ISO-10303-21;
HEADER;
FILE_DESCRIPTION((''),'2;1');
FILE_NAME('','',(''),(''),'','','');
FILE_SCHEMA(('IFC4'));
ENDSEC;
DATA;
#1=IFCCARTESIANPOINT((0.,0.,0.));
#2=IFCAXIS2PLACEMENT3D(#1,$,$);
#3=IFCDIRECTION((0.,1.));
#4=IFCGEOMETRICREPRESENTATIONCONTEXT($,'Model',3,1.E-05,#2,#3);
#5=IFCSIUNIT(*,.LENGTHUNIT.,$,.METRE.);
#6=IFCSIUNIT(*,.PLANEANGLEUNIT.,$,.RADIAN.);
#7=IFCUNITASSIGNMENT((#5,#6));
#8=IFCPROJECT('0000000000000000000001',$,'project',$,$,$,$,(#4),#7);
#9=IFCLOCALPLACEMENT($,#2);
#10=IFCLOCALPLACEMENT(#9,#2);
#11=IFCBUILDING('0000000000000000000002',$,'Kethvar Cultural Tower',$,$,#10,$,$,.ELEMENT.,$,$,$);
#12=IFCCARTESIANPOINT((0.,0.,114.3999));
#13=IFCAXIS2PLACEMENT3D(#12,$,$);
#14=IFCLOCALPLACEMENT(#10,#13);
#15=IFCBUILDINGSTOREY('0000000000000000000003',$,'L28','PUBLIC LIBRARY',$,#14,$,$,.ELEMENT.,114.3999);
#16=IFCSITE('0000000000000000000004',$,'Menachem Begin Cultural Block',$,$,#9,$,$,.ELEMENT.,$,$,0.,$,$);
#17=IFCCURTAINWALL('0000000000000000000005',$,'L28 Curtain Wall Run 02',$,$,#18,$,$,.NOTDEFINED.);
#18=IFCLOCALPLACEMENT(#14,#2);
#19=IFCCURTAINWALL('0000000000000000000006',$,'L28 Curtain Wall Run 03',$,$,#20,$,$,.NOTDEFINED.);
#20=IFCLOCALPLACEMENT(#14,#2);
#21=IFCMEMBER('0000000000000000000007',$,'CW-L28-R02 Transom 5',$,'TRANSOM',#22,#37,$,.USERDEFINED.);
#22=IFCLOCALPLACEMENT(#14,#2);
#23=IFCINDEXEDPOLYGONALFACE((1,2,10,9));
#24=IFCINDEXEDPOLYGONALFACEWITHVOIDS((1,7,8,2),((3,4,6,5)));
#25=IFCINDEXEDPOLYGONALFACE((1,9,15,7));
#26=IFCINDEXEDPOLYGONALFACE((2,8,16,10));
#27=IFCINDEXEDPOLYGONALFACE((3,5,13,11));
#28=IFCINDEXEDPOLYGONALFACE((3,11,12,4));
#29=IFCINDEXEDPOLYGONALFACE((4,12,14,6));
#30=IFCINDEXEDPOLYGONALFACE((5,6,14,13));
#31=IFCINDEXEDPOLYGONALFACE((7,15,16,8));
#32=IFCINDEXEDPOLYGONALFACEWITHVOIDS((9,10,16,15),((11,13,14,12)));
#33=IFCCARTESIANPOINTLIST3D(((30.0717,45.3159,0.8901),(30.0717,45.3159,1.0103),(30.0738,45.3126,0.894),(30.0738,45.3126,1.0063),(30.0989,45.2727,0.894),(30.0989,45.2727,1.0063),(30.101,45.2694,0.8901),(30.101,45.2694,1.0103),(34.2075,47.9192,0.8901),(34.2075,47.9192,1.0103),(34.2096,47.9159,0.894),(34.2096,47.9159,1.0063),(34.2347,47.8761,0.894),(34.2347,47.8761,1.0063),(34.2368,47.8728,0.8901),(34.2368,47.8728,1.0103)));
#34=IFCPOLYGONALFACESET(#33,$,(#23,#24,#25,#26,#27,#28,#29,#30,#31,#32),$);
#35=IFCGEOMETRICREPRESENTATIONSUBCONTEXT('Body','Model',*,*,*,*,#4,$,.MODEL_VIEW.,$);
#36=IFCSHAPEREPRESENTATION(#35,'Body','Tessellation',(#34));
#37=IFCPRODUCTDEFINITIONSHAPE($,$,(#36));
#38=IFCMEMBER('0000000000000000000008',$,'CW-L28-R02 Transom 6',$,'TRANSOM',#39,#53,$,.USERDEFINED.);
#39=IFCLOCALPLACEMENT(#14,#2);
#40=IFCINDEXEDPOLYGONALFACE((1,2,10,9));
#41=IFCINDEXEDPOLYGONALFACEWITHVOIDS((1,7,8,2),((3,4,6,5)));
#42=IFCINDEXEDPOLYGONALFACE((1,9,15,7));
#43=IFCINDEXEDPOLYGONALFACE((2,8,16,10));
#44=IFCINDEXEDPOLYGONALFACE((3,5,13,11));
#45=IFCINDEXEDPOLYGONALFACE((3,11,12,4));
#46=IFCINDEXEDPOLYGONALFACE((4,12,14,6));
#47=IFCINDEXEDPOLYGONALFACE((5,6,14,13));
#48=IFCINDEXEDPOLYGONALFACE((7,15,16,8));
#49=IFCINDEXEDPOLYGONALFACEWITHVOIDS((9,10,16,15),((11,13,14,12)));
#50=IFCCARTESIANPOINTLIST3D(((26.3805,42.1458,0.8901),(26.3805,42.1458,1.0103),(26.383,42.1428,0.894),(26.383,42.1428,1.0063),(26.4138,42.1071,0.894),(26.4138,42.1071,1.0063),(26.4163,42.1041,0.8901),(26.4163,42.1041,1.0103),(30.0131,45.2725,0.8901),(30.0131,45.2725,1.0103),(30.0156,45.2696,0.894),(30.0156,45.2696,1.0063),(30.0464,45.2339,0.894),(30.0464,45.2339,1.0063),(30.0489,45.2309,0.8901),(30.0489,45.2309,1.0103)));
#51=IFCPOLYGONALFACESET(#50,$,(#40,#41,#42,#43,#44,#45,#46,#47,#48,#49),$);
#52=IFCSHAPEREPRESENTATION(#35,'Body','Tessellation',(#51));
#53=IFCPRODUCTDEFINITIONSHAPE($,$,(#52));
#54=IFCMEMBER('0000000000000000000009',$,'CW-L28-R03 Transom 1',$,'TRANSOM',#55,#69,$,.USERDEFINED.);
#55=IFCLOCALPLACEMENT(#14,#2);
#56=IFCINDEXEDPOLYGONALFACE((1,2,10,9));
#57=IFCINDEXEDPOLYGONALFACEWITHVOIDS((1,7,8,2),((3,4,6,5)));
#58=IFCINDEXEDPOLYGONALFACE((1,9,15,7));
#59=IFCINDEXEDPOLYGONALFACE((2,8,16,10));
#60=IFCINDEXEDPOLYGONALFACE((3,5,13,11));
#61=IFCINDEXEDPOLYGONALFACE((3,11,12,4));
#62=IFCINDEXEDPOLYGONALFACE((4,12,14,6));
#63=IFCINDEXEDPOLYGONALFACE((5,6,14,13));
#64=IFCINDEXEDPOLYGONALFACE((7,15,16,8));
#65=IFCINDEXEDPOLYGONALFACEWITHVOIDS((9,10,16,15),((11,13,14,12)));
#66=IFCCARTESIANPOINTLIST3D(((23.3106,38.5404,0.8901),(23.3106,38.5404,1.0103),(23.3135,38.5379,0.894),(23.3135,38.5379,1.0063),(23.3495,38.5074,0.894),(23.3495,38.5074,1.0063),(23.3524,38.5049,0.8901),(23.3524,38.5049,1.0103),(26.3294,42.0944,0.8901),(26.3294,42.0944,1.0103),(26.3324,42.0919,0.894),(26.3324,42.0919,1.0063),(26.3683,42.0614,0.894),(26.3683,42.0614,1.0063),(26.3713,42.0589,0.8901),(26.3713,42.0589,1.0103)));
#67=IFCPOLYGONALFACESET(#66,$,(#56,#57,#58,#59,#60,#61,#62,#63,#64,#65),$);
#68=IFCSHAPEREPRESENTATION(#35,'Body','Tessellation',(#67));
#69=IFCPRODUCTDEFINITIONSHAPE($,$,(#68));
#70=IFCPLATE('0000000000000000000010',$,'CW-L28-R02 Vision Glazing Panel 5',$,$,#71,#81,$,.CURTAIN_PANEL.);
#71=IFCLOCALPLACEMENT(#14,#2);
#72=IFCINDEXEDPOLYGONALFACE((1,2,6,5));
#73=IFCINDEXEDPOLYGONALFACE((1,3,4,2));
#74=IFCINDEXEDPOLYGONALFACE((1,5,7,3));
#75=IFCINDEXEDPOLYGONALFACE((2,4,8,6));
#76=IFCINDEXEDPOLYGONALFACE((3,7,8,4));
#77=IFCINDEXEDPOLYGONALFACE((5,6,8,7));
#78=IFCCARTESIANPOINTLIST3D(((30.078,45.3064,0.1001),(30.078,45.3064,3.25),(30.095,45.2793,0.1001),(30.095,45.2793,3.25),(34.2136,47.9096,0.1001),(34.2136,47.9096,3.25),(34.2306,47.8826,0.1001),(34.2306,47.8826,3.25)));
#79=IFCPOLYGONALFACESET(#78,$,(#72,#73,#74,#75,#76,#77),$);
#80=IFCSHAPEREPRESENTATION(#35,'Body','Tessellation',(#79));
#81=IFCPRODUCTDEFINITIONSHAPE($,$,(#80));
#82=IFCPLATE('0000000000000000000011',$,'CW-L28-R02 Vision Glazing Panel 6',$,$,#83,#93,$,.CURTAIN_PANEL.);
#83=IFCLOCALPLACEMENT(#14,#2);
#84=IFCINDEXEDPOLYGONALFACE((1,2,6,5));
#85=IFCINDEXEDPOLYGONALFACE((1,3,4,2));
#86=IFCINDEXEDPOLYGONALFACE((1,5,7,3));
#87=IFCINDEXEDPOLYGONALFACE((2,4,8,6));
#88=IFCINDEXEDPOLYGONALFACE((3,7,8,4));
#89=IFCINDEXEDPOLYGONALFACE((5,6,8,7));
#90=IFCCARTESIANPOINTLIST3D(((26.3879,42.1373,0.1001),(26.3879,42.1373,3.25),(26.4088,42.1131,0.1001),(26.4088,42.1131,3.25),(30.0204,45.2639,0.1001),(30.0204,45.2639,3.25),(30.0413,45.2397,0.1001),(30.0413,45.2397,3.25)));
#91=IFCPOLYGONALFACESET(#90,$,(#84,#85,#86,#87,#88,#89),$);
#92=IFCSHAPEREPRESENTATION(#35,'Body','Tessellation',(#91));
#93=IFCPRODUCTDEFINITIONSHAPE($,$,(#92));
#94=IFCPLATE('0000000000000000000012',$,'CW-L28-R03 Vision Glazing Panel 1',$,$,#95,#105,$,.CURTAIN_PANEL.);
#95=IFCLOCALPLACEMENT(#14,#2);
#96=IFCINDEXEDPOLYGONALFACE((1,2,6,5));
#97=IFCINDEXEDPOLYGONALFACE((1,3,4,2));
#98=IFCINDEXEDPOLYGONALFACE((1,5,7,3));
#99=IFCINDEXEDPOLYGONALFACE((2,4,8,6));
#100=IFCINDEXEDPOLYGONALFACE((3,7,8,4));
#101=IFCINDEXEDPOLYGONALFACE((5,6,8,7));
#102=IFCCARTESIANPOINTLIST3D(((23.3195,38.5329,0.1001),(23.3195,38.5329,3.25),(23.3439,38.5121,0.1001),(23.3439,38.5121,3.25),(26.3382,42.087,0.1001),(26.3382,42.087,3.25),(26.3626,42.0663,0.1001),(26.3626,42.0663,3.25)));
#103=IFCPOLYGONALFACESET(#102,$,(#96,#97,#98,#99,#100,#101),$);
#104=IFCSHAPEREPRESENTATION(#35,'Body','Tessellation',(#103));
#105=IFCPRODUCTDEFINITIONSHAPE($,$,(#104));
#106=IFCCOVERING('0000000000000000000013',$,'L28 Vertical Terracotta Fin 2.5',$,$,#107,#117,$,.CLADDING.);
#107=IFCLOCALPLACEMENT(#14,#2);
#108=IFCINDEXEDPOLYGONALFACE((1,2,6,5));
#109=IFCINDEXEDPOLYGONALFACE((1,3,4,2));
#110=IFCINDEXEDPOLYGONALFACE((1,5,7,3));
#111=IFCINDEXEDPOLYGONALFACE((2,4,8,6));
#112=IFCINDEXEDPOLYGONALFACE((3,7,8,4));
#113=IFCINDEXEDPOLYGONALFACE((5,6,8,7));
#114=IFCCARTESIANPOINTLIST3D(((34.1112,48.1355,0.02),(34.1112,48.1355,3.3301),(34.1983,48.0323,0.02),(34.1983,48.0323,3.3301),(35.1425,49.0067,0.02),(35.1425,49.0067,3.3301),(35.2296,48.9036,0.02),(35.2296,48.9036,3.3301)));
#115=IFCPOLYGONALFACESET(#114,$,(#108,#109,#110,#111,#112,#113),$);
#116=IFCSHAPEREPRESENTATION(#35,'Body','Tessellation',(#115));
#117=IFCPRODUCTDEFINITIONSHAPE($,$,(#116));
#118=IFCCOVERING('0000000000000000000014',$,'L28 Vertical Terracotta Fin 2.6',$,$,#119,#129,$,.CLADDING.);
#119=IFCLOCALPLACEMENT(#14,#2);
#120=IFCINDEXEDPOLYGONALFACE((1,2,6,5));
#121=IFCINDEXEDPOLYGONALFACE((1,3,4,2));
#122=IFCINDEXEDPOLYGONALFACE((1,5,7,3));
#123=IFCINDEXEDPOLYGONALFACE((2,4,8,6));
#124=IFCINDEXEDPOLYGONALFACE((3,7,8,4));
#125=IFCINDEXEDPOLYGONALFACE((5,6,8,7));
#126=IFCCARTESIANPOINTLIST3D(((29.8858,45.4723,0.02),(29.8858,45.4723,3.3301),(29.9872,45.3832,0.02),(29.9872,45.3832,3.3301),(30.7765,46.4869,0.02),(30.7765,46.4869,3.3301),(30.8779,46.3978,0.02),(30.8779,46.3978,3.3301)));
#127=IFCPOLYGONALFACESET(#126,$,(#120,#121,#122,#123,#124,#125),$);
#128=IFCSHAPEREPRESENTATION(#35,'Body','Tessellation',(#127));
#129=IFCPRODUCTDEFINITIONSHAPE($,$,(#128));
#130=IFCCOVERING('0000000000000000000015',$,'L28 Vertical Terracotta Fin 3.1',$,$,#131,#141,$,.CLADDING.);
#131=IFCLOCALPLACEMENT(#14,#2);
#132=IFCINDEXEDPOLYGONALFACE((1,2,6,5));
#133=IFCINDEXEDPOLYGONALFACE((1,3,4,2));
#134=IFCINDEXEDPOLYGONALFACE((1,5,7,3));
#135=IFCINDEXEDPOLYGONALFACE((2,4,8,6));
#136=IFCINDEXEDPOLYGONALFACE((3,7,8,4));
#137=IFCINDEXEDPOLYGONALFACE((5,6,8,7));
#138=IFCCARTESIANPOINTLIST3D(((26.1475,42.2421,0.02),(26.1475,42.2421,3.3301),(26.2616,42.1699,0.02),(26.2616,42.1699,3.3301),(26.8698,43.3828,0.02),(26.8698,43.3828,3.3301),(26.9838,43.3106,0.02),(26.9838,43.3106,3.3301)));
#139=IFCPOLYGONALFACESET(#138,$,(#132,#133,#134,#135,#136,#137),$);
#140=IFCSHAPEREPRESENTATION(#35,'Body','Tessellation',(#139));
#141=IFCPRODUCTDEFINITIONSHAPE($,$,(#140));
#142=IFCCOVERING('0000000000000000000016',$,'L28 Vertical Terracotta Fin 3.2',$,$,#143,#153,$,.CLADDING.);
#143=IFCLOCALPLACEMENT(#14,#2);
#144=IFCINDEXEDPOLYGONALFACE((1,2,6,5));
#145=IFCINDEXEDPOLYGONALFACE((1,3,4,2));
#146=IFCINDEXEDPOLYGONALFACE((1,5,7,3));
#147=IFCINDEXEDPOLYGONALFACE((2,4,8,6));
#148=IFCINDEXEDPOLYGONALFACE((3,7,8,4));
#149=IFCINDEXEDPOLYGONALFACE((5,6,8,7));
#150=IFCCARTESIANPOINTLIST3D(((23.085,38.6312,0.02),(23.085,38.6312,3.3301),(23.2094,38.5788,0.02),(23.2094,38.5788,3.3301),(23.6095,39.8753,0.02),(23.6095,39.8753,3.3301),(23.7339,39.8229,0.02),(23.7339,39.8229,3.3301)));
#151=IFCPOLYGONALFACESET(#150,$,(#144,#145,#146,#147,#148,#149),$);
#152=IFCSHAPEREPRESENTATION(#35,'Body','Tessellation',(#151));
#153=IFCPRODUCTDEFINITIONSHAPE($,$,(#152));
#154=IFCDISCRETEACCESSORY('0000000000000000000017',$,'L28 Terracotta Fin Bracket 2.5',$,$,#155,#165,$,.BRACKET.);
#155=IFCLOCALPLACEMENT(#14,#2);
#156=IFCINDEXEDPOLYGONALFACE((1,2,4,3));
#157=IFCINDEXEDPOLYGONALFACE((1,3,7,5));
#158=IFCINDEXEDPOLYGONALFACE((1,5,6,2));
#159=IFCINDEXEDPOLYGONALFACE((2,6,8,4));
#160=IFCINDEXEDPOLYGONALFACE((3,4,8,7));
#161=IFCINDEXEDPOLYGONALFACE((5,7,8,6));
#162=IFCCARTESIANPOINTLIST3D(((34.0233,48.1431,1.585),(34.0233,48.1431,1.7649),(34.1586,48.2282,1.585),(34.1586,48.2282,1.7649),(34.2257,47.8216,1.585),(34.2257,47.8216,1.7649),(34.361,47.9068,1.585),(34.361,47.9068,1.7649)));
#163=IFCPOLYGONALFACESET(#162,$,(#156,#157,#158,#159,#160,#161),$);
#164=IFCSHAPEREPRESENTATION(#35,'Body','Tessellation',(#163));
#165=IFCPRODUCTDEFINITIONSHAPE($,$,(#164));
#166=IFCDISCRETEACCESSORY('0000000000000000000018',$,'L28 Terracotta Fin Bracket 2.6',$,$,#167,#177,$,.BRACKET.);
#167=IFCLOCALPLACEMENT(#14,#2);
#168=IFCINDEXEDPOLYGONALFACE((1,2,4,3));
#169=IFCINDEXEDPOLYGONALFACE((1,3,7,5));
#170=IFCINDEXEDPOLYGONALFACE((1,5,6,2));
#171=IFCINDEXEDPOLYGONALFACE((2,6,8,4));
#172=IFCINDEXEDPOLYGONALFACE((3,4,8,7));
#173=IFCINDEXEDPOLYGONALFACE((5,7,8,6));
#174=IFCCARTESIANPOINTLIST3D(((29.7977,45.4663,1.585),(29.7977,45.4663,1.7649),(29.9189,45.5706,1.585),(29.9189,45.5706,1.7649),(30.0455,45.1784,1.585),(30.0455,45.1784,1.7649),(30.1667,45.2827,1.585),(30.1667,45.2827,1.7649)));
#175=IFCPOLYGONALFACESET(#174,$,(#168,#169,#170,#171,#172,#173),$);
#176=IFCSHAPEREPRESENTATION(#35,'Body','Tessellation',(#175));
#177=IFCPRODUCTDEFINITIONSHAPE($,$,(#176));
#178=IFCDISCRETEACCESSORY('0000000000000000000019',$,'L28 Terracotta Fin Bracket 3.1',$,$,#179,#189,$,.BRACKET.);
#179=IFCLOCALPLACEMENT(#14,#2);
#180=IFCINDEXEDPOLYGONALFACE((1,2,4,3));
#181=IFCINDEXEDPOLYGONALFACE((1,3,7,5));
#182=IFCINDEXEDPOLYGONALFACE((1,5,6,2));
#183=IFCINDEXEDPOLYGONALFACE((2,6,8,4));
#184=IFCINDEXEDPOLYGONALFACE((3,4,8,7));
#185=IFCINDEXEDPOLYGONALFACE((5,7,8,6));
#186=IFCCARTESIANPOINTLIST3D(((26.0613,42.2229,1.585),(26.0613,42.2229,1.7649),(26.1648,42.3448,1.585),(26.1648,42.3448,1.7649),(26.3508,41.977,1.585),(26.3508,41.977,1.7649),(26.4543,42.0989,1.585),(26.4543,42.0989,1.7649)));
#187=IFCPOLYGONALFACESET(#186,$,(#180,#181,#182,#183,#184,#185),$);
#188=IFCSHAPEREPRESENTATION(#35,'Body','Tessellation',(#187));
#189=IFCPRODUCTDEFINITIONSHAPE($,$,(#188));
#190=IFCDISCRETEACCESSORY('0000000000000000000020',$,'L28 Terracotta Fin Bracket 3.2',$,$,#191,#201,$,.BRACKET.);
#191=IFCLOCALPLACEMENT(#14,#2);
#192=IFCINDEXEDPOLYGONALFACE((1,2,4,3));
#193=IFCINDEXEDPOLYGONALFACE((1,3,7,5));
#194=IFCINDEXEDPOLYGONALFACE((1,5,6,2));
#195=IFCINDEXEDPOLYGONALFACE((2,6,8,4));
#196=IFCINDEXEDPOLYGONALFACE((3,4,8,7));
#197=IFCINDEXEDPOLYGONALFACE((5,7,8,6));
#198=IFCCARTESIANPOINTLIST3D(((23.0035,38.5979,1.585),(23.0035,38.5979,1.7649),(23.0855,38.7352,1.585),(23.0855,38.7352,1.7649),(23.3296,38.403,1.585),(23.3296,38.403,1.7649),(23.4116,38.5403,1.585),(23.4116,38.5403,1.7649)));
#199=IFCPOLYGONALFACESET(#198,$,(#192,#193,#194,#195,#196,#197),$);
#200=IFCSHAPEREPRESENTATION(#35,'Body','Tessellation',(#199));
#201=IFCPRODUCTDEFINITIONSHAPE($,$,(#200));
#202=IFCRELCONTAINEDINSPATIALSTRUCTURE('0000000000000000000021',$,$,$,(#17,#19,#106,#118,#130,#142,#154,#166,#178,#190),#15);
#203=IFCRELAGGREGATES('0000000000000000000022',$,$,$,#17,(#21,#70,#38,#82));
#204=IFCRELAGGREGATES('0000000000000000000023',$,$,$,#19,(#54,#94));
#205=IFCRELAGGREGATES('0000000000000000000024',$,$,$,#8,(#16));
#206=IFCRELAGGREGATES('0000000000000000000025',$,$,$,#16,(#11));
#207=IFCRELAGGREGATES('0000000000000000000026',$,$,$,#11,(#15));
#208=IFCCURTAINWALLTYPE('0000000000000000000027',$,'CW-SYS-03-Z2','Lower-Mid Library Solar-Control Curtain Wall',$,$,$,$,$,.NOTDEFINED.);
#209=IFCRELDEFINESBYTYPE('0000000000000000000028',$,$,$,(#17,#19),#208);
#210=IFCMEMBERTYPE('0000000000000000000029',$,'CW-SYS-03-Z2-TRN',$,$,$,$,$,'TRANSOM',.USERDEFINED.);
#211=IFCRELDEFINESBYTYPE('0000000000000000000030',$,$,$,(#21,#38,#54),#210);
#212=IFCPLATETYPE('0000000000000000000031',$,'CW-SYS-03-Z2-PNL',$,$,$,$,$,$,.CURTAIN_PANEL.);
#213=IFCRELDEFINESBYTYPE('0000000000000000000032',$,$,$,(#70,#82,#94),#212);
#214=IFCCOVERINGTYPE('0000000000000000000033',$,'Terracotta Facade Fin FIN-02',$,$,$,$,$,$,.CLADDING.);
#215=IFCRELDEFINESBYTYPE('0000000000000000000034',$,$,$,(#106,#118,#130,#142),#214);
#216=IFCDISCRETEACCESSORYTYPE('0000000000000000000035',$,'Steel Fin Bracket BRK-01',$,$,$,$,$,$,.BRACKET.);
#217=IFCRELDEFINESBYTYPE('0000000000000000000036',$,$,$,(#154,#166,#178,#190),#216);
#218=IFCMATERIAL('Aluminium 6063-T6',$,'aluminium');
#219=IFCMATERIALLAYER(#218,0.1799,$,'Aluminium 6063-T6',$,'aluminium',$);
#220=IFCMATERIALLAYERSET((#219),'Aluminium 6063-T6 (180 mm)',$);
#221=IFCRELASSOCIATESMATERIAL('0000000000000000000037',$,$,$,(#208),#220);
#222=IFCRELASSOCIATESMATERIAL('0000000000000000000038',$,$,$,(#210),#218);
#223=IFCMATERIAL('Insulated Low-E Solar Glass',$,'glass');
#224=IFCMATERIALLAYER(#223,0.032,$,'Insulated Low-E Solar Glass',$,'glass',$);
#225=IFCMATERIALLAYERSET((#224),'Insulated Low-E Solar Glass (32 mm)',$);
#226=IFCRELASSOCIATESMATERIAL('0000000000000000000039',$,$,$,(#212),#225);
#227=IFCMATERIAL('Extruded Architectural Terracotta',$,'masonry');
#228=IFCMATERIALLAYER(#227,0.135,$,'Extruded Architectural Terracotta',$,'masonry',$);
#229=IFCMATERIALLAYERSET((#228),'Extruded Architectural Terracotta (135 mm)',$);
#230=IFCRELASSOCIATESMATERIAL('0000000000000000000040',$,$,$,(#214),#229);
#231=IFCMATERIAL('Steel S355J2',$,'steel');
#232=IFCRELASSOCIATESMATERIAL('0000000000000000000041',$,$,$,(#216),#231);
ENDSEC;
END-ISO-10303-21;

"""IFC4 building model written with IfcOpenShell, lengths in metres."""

from ifc_helpers import new_model, si_unit, direction, frame, origin, origin_2d, place, context, subcontext, project, spatial, rectangle, hollow_rectangle, extrude, source, transform, mapped, material, layer, layer_set, material_profile, profile_set, type_object, element, aggregate, save


model = new_model("IFC4")

# Units and contexts
model_context = context("Model", 3, precision=1e-05, world=origin(), true_north=direction((0.0, 1.0)))
body_context = subcontext(model_context, "Body", "Model", "MODEL_VIEW")
ifc_project = project(units=[si_unit("LENGTHUNIT", "METRE"), si_unit("PLANEANGLEUNIT", "RADIAN")], contexts=[model_context])

# Site, building, storey
site_placement = place(None, origin())
site = spatial("IfcSite", under=ifc_project, at=site_placement, Name="Menachem Begin Cultural Block", CompositionType="ELEMENT", RefElevation=0.0)
building_placement = place(site_placement, origin())
building = spatial("IfcBuilding", under=site, at=building_placement, Name="Kethvar Cultural Tower", CompositionType="ELEMENT")
storey_placement = place(building_placement, frame((0.0, 0.0, 114.3999)))
storey = spatial("IfcBuildingStorey", under=building, at=storey_placement, Name="L28", Description="PUBLIC LIBRARY", CompositionType="ELEMENT", Elevation=114.3999)

# Shared definitions
ifc_material_1 = material(Name="Steel S355J2", Category="steel")

# Curtain walls
ifc_material_2 = material(Name="Aluminium 6063-T6", Category="aluminium")
ifc_layer_1 = layer(ifc_material_2, 0.1799, Name="Aluminium 6063-T6", Category="aluminium")
ifc_layer_set_1 = layer_set([ifc_layer_1], Name="Aluminium 6063-T6 (180 mm)")
curtain_wall_type = type_object("IfcCurtainWallType", Name="CW-SYS-03-Z2", Description="Lower-Mid Library Solar-Control Curtain Wall", PredefinedType="NOTDEFINED", material=ifc_layer_set_1)
curtain_wall_1_placement = place(storey_placement, origin())
curtain_wall_1 = element("IfcCurtainWall", 1, at=curtain_wall_1_placement, inside=storey, type_object=curtain_wall_type, Name="L28 Curtain Wall Run 02", PredefinedType="NOTDEFINED")
curtain_wall_2_placement = place(storey_placement, origin())
curtain_wall_2 = element("IfcCurtainWall", 2, at=curtain_wall_2_placement, inside=storey, type_object=curtain_wall_type, Name="L28 Curtain Wall Run 03", PredefinedType="NOTDEFINED")

# Members
ifc_material_profile_1 = material_profile(ifc_material_2, hollow_rectangle(XDim=0.0549, YDim=0.1201, WallThickness=0.0039, at=origin_2d()), Name="Aluminium 6063-T6 — RHS120x55x4")
ifc_profile_set_1 = profile_set([ifc_material_profile_1], Name="Aluminium 6063-T6 — RHS120x55x4")
member_type_1 = type_object("IfcMemberType", Name="CW-SYS-03-Z2-TRN", ElementType="TRANSOM", PredefinedType="USERDEFINED", material=ifc_profile_set_1)
shared_shape_1 = source(origin(), body_context, "Body", "SweptSolid", [
    extrude(hollow_rectangle(XDim=0.0549, YDim=0.1201, WallThickness=0.0039, at=origin_2d()), origin(), (0.0, 0.0, 1.0), 4.887),
])
member_1_placement = place(storey_placement, frame((34.2222, 47.896, 0.9502), z_axis=(-0.846299, -0.532709, 0.0), x_axis=(0.532709, -0.846299, 0.0)))
member_1 = element("IfcMember", 3, at=member_1_placement, type_object=member_type_1, Name="CW-L28-R02 Transom 5", ObjectType="TRANSOM", PredefinedType="USERDEFINED", context=body_context, shape_type="MappedRepresentation", body=[
    mapped(shared_shape_1, transform((0.0, 0.0, 0.0), scale=1.0)),
])
shared_shape_2 = source(origin(), body_context, "Body", "SweptSolid", [
    extrude(hollow_rectangle(XDim=0.0549, YDim=0.1201, WallThickness=0.0039, at=origin_2d()), origin(), (0.0, 0.0, 1.0), 4.793),
])
member_2_placement = place(storey_placement, frame((30.031, 45.2517, 0.9502), z_axis=(-0.757907, -0.652363, 0.0), x_axis=(0.652363, -0.757907, 0.0)))
member_2 = element("IfcMember", 4, at=member_2_placement, type_object=member_type_1, Name="CW-L28-R02 Transom 6", ObjectType="TRANSOM", PredefinedType="USERDEFINED", context=body_context, shape_type="MappedRepresentation", body=[
    mapped(shared_shape_2, transform((0.0, 0.0, 0.0), scale=1.0)),
])
shared_shape_3 = source(origin(), body_context, "Body", "SweptSolid", [
    extrude(hollow_rectangle(XDim=0.0549, YDim=0.1201, WallThickness=0.0039, at=origin_2d()), origin(), (0.0, 0.0, 1.0), 4.6631),
])
member_3_placement = place(storey_placement, frame((26.3503, 42.0767, 0.9502), z_axis=(-0.647392, -0.762158, 0.0), x_axis=(0.762158, -0.647392, 0.0)))
member_3 = element("IfcMember", 5, at=member_3_placement, type_object=member_type_1, Name="CW-L28-R03 Transom 1", ObjectType="TRANSOM", PredefinedType="USERDEFINED", context=body_context, shape_type="MappedRepresentation", body=[
    mapped(shared_shape_3, transform((0.0, 0.0, 0.0), scale=1.0)),
])

# Plates
ifc_material_3 = material(Name="Insulated Low-E Solar Glass", Category="glass")
ifc_layer_2 = layer(ifc_material_3, 0.032, Name="Insulated Low-E Solar Glass", Category="glass")
ifc_layer_set_2 = layer_set([ifc_layer_2], Name="Insulated Low-E Solar Glass (32 mm)")
plate_type = type_object("IfcPlateType", Name="CW-SYS-03-Z2-PNL", PredefinedType="CURTAIN_PANEL", material=ifc_layer_set_2)
shared_shape_4 = source(origin(), body_context, "Body", "SweptSolid", [
    extrude(rectangle(XDim=4.8867, YDim=0.032, at=origin_2d()), origin(), (0.0, 0.0, 1.0), 3.1499),
])
plate_1_placement = place(storey_placement, frame((32.1543, 46.5945, 0.1001), z_axis=(0.0, 0.0, 1.0), x_axis=(-0.846295, -0.532714, 0.0)))
plate_1 = element("IfcPlate", 6, at=plate_1_placement, type_object=plate_type, Name="CW-L28-R02 Vision Glazing Panel 5", PredefinedType="CURTAIN_PANEL", context=body_context, shape_type="MappedRepresentation", body=[
    mapped(shared_shape_4, transform((0.0, 0.0, 0.0), scale=1.0)),
])
shared_shape_5 = source(origin(), body_context, "Body", "SweptSolid", [
    extrude(rectangle(XDim=4.7927, YDim=0.032, at=origin_2d()), origin(), (0.0, 0.0, 1.0), 3.1499),
])
plate_2_placement = place(storey_placement, frame((28.2146, 43.6885, 0.1001), z_axis=(0.0, 0.0, 1.0), x_axis=(-0.757907, -0.652363, 0.0)))
plate_2 = element("IfcPlate", 7, at=plate_2_placement, type_object=plate_type, Name="CW-L28-R02 Vision Glazing Panel 6", PredefinedType="CURTAIN_PANEL", context=body_context, shape_type="MappedRepresentation", body=[
    mapped(shared_shape_5, transform((0.0, 0.0, 0.0), scale=1.0)),
])
aggregate(curtain_wall_1, [member_1, plate_1, member_2, plate_2])
shared_shape_6 = source(origin(), body_context, "Body", "SweptSolid", [
    extrude(rectangle(XDim=4.6631, YDim=0.032, at=origin_2d()), origin(), (0.0, 0.0, 1.0), 3.1499),
])
plate_3_placement = place(storey_placement, frame((24.8411, 40.2996, 0.1001), z_axis=(0.0, 0.0, 1.0), x_axis=(-0.647362, -0.762183, 0.0)))
plate_3 = element("IfcPlate", 8, at=plate_3_placement, type_object=plate_type, Name="CW-L28-R03 Vision Glazing Panel 1", PredefinedType="CURTAIN_PANEL", context=body_context, shape_type="MappedRepresentation", body=[
    mapped(shared_shape_6, transform((0.0, 0.0, 0.0), scale=1.0)),
])
aggregate(curtain_wall_2, [member_3, plate_3])

# Coverings
ifc_material_4 = material(Name="Extruded Architectural Terracotta", Category="masonry")
ifc_layer_3 = layer(ifc_material_4, 0.135, Name="Extruded Architectural Terracotta", Category="masonry")
ifc_layer_set_3 = layer_set([ifc_layer_3], Name="Extruded Architectural Terracotta (135 mm)")
covering_type = type_object("IfcCoveringType", Name="Terracotta Facade Fin FIN-02", PredefinedType="CLADDING", material=ifc_layer_set_3)
shared_shape_7 = source(origin(), body_context, "Body", "SweptSolid", [
    extrude(rectangle(XDim=1.3501, YDim=0.135, at=origin_2d()), origin(), (0.0, 0.0, 1.0), 3.3101),
])
for number, where, z_axis, x_axis, name in (
    (9, (34.6704, 48.5195, 0.02), (0.0, 0.0, 1.0), (0.763909, 0.645324, 0.0), "L28 Vertical Terracotta Fin 2.5"),
    (10, (30.3818, 45.9351, 0.02), (0.0, 0.0, 1.0), (0.659739, 0.751494, 0.0), "L28 Vertical Terracotta Fin 2.6"),
    (11, (26.5657, 42.7764, 0.02), (0.0, 0.0, 1.0), (0.534942, 0.844889, 0.0), "L28 Vertical Terracotta Fin 3.1"),
    (12, (23.4094, 39.2271, 0.02), (0.0, 0.0, 1.0), (0.388481, 0.921457, 0.0), "L28 Vertical Terracotta Fin 3.2"),
):
    element("IfcCovering", number, at=place(storey_placement, frame(where, z_axis=z_axis, x_axis=x_axis)), inside=storey, type_object=covering_type, Name=name, PredefinedType="CLADDING", context=body_context, shape_type="MappedRepresentation", body=[
        mapped(shared_shape_7, transform((0.0, 0.0, 0.0), scale=1.0)),
    ])

# Discrete accessories
discrete_accessory_type = type_object("IfcDiscreteAccessoryType", Name="Steel Fin Bracket BRK-01", PredefinedType="BRACKET", material=ifc_material_1)
shared_shape_8 = source(origin(), body_context, "Body", "SweptSolid", [
    extrude(rectangle(XDim=0.3799, YDim=0.1599, at=origin_2d()), origin(), (0.0, 0.0, 1.0), 0.1799),
])
for number, where, z_axis, x_axis, name in (
    (13, (34.1921, 48.0249, 1.585), (0.0, 0.0, 1.0), (-0.532729, 0.846286, 0.0), "L28 Terracotta Fin Bracket 2.5"),
    (14, (29.9822, 45.3745, 1.585), (0.0, 0.0, 1.0), (-0.652363, 0.757907, 0.0), "L28 Terracotta Fin Bracket 2.6"),
    (15, (26.2578, 42.1609, 1.585), (0.0, 0.0, 1.0), (-0.762217, 0.647322, 0.0), "L28 Terracotta Fin Bracket 3.1"),
    (16, (23.2075, 38.5691, 1.585), (0.0, 0.0, 1.0), (-0.858423, 0.512942, 0.0), "L28 Terracotta Fin Bracket 3.2"),
):
    element("IfcDiscreteAccessory", number, at=place(storey_placement, frame(where, z_axis=z_axis, x_axis=x_axis)), inside=storey, type_object=discrete_accessory_type, Name=name, PredefinedType="BRACKET", context=body_context, shape_type="MappedRepresentation", body=[
        mapped(shared_shape_8, transform((0.0, 0.0, 0.0), scale=1.0)),
    ])

save(model, "model.ifc")
